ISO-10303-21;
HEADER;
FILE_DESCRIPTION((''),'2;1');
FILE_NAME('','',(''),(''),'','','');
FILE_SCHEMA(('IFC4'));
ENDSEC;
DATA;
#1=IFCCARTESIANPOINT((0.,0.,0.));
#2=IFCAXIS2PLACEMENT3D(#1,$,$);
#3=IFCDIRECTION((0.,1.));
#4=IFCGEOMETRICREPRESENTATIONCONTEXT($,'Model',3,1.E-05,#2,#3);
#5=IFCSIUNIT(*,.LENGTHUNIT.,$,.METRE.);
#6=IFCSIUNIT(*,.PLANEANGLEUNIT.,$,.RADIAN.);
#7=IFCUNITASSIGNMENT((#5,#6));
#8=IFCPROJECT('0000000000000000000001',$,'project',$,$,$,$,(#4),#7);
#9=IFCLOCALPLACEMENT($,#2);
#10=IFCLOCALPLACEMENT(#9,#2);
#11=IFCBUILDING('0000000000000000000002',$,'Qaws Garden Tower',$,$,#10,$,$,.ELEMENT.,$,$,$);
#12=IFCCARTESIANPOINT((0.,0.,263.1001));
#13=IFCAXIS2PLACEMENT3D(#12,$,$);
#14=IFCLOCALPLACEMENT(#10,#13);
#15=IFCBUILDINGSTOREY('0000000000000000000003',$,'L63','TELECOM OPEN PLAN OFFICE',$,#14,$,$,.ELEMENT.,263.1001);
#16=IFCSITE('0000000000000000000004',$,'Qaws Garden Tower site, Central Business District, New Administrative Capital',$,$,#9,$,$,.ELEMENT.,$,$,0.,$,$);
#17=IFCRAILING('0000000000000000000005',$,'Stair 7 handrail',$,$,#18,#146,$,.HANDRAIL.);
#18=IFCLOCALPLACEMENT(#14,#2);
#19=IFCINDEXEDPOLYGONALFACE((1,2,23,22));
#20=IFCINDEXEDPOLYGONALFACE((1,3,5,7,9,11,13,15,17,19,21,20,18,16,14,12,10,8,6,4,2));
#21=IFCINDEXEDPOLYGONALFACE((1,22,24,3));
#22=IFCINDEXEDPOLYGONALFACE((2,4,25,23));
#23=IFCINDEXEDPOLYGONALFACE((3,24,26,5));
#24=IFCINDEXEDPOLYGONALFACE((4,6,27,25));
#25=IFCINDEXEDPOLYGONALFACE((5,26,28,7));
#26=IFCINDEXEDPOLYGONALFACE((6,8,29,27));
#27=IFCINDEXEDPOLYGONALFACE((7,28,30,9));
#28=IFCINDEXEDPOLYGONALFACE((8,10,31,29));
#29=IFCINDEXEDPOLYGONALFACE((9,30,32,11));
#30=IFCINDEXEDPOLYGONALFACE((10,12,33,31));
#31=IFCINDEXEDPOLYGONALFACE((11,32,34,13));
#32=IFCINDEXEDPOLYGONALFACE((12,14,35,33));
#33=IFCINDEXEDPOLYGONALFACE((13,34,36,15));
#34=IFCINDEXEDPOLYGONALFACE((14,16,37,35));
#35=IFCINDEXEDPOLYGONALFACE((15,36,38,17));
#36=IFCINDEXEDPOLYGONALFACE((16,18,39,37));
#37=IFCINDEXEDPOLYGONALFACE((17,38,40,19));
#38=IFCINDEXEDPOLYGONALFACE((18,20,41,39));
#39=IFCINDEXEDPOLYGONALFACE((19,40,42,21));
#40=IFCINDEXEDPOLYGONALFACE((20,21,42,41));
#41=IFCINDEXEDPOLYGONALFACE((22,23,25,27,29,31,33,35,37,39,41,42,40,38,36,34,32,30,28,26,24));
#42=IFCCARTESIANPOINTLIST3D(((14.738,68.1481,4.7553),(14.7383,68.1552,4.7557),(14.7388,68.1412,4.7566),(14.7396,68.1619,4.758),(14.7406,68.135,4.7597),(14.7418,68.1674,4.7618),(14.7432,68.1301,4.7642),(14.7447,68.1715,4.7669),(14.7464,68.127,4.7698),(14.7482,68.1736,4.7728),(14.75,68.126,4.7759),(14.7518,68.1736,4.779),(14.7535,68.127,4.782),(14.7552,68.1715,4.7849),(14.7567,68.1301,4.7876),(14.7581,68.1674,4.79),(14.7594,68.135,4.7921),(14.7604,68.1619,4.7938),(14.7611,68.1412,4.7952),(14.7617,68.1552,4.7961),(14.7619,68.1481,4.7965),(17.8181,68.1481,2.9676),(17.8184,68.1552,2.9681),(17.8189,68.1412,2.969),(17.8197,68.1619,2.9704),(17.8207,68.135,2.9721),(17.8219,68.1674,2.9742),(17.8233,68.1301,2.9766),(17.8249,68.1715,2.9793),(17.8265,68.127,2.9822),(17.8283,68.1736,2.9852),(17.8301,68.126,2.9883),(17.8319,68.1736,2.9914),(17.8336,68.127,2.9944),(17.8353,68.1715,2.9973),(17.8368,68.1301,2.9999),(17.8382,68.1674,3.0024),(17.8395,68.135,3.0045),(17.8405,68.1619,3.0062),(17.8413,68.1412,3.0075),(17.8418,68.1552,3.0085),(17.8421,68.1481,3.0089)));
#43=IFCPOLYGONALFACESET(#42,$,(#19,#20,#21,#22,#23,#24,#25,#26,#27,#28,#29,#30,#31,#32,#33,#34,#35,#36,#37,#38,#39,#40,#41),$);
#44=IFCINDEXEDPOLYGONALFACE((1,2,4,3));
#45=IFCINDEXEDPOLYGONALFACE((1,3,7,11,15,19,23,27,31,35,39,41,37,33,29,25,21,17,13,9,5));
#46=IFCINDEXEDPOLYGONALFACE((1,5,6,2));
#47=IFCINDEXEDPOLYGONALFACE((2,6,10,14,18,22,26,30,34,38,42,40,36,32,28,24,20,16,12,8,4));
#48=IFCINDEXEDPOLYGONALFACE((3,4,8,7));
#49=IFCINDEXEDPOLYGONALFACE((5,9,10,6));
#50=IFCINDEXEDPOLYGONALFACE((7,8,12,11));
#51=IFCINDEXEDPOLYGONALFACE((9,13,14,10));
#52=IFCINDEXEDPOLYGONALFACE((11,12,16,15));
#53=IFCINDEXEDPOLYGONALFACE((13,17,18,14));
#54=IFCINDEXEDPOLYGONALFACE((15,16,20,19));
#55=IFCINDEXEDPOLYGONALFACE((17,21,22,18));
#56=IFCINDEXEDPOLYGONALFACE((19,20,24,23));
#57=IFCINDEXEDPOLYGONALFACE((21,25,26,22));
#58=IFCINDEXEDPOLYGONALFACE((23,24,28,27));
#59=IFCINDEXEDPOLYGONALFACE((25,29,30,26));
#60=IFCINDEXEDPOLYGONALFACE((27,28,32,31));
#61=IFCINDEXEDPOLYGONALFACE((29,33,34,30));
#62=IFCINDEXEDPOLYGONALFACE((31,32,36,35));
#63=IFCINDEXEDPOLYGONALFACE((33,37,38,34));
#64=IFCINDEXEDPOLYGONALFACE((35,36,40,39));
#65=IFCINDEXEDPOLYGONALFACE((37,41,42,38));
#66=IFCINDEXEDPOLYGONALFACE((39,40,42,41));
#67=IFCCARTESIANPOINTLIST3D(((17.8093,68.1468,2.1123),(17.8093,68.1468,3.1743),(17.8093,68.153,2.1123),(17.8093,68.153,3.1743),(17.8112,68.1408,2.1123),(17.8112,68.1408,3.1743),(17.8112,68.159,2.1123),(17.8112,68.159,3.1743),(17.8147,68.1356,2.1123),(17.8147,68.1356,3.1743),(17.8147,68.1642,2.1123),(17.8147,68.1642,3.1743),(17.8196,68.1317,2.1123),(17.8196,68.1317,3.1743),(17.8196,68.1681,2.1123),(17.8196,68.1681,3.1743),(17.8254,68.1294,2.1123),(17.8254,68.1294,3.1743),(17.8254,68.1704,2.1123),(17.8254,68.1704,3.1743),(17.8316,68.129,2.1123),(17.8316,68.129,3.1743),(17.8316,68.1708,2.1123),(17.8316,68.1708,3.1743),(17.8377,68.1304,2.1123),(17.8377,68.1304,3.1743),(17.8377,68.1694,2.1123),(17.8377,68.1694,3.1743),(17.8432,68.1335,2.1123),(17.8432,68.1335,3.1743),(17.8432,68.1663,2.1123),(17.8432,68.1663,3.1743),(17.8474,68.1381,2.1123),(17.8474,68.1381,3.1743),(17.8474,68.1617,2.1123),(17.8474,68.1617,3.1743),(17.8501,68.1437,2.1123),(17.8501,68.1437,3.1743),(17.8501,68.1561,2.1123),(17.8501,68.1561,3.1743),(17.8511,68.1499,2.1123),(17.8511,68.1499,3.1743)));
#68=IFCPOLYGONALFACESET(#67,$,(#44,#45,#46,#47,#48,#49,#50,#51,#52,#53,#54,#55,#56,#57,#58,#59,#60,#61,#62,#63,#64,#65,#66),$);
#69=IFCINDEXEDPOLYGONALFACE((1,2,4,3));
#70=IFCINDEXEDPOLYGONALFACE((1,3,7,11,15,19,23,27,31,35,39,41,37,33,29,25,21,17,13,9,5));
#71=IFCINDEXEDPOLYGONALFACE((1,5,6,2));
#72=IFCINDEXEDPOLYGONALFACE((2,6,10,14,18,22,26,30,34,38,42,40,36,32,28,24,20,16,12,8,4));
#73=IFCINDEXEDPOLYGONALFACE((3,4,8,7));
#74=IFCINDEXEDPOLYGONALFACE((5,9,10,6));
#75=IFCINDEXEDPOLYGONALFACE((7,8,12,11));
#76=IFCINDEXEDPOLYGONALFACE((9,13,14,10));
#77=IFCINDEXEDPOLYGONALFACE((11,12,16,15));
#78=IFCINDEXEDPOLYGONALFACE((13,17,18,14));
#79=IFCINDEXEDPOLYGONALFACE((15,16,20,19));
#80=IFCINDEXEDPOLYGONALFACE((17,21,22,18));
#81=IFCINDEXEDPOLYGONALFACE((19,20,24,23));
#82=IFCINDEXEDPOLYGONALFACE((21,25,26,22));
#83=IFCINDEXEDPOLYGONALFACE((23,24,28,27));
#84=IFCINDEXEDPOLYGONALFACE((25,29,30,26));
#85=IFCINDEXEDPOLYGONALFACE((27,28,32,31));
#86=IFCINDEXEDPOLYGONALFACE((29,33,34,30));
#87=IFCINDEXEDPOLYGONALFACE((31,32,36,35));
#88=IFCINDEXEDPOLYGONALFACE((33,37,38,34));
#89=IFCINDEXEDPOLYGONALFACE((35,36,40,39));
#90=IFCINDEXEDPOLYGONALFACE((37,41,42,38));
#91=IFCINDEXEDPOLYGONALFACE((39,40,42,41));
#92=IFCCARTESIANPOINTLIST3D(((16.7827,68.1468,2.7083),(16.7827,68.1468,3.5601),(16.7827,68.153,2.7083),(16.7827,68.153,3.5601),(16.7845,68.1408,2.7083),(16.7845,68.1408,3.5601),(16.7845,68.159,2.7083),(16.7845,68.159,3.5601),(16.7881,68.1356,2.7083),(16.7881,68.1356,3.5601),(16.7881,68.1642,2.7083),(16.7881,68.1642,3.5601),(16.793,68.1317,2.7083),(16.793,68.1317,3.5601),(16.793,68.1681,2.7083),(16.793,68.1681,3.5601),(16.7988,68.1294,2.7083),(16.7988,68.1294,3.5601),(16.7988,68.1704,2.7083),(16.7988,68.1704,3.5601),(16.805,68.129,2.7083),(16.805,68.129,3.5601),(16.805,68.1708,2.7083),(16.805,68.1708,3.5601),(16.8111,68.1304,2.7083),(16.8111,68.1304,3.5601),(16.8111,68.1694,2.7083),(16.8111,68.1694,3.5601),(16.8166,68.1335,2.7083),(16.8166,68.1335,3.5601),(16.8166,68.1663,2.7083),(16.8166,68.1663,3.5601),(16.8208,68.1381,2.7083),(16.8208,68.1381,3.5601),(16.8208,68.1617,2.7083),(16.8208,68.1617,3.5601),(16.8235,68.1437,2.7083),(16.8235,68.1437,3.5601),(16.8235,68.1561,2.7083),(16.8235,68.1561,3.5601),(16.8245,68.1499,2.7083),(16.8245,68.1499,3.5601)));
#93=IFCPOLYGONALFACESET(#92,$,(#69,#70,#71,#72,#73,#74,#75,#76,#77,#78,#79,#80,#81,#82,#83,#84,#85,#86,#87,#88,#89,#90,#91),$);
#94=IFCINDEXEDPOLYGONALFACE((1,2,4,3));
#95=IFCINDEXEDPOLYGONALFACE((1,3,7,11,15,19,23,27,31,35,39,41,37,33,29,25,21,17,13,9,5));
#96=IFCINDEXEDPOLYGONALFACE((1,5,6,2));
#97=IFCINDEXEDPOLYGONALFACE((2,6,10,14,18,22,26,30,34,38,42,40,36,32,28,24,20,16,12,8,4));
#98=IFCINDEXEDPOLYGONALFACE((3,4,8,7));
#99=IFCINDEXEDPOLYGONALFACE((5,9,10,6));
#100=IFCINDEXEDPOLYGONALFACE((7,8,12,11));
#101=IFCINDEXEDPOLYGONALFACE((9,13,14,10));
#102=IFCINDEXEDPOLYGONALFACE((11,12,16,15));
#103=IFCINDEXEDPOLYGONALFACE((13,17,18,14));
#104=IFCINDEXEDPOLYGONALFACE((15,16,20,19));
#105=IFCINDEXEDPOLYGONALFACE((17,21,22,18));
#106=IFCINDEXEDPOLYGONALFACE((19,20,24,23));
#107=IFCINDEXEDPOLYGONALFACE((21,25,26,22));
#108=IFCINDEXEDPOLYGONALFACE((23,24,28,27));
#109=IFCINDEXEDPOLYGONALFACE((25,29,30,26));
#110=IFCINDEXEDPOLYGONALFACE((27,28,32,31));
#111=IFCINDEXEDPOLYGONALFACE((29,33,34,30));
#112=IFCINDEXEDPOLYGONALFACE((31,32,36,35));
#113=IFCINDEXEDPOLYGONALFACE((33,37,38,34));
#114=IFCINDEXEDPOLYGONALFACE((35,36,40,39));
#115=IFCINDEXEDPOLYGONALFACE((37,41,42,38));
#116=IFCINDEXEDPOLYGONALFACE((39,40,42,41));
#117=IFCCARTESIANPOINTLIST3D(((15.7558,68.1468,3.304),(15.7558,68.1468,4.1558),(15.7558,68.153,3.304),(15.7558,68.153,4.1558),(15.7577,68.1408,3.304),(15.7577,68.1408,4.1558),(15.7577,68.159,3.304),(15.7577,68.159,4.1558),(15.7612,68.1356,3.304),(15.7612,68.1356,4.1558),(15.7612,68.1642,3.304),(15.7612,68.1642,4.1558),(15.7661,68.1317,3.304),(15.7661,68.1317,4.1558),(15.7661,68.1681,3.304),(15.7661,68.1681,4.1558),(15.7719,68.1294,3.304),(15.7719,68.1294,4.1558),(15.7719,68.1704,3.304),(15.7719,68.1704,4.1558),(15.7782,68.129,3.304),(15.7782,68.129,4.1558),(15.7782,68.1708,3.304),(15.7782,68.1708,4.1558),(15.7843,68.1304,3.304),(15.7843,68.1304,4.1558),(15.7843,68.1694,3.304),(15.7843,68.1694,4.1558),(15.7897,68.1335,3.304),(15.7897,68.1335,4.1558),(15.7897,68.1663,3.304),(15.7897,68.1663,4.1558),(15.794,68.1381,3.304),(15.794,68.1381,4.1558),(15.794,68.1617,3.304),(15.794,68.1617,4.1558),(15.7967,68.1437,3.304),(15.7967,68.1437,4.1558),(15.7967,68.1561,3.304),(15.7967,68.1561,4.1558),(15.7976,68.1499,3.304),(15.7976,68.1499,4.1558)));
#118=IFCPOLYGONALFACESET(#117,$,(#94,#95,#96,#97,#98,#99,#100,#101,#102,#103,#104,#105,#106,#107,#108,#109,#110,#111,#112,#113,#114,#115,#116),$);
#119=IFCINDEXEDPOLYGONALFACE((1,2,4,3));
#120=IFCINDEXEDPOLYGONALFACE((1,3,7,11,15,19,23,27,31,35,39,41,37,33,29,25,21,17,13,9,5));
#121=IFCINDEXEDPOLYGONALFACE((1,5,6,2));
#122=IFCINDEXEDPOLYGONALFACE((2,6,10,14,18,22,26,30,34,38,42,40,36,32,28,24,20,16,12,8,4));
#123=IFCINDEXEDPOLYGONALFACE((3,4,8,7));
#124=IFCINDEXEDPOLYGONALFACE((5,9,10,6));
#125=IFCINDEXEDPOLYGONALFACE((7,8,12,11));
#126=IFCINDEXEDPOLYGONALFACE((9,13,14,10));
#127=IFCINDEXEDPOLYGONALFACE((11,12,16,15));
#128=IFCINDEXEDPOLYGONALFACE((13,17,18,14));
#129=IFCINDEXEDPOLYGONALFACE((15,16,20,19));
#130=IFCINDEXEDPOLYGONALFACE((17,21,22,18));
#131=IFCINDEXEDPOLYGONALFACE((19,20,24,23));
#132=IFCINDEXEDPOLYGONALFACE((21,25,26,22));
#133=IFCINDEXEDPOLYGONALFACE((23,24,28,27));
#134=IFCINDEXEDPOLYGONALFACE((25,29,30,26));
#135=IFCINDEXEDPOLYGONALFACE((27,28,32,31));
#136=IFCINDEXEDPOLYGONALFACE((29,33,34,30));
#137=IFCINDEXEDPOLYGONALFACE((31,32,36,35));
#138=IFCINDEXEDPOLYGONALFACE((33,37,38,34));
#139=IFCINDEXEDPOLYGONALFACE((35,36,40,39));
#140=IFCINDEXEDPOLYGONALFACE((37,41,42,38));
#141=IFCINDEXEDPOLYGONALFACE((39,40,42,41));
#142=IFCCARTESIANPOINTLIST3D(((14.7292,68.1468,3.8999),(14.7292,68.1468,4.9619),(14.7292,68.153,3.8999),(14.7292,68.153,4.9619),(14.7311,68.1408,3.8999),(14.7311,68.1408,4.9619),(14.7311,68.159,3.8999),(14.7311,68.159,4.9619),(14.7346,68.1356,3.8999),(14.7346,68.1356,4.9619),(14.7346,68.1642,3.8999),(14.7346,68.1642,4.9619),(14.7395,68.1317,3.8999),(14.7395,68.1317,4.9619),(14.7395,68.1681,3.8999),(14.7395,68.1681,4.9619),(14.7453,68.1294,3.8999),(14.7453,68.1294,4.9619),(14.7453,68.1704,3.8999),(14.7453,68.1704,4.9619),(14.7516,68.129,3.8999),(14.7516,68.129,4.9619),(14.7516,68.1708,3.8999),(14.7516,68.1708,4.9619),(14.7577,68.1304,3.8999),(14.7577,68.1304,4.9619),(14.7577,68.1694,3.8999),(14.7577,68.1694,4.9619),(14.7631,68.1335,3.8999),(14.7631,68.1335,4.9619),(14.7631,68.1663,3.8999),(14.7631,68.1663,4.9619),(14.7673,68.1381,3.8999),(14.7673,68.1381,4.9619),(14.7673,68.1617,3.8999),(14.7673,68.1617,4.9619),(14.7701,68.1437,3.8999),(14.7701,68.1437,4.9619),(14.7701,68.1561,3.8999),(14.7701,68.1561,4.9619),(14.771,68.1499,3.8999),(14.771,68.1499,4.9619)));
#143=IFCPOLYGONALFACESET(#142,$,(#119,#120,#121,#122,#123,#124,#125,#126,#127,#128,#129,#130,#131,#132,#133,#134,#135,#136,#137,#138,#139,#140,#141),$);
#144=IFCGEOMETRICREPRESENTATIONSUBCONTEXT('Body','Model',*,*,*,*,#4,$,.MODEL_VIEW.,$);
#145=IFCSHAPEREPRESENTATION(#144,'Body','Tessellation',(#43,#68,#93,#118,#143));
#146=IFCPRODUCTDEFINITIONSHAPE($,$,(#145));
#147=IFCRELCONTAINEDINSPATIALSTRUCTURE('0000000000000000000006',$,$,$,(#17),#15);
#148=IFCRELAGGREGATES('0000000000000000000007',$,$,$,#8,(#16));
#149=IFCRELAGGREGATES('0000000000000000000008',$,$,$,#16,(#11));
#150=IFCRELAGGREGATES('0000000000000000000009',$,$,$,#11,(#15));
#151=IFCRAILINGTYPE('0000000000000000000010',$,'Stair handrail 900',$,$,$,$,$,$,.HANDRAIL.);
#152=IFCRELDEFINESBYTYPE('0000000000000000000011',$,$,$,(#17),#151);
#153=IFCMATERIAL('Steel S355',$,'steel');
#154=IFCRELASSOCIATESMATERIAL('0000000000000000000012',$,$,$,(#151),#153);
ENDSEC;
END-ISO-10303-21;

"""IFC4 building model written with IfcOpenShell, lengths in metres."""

from ifc_helpers import new_model, si_unit, direction, frame, origin, origin_2d, place, context, subcontext, project, spatial, circle, extrude, material, type_object, element, save


model = new_model("IFC4")

# Units and contexts
model_context = context("Model", 3, precision=1e-05, world=origin(), true_north=direction((0.0, 1.0)))
body_context = subcontext(model_context, "Body", "Model", "MODEL_VIEW")
ifc_project = project(units=[si_unit("LENGTHUNIT", "METRE"), si_unit("PLANEANGLEUNIT", "RADIAN")], contexts=[model_context])

# Site, building, storey
site_placement = place(None, origin())
site = spatial("IfcSite", under=ifc_project, at=site_placement, Name="Qaws Garden Tower site, Central Business District, New Administrative Capital", CompositionType="ELEMENT", RefElevation=0.0)
building_placement = place(site_placement, origin())
building = spatial("IfcBuilding", under=site, at=building_placement, Name="Qaws Garden Tower", CompositionType="ELEMENT")
storey_placement = place(building_placement, frame((0.0, 0.0, 263.1001)))
storey = spatial("IfcBuildingStorey", under=building, at=storey_placement, Name="L63", Description="TELECOM OPEN PLAN OFFICE", CompositionType="ELEMENT", Elevation=263.1001)

# Railing
ifc_material_1 = material(Name="Steel S355", Category="steel")
railing_type = type_object("IfcRailingType", Name="Stair handrail 900", PredefinedType="HANDRAIL", material=ifc_material_1)
railing_1_placement = place(storey_placement, frame((17.8301, 68.1499, 2.1123)))
element("IfcRailing", 1, at=railing_1_placement, inside=storey, type_object=railing_type, Name="Stair 7 handrail", PredefinedType="HANDRAIL", context=body_context, shape_type="SweptSolid", body=[
    extrude(circle(Radius=0.0239, at=origin_2d()), frame((0.0, 0.0, 0.876), z_axis=(-0.864891, 0.0, 0.50196), x_axis=(0.0, -1.0, 0.0)), (0.0, 0.0, 1.0), 3.5613),
    extrude(circle(Radius=0.021, at=origin_2d()), origin(), (0.0, 0.0, 1.0), 1.062),
    extrude(circle(Radius=0.021, at=origin_2d()), frame((-1.0266, 0.0, 0.5959)), (0.0, 0.0, 1.0), 0.8518),
    extrude(circle(Radius=0.021, at=origin_2d()), frame((-2.0535, 0.0, 1.1917)), (0.0, 0.0, 1.0), 0.8518),
    extrude(circle(Radius=0.021, at=origin_2d()), frame((-3.0801, 0.0, 1.7876)), (0.0, 0.0, 1.0), 1.062),
])

save(model, "model.ifc")
